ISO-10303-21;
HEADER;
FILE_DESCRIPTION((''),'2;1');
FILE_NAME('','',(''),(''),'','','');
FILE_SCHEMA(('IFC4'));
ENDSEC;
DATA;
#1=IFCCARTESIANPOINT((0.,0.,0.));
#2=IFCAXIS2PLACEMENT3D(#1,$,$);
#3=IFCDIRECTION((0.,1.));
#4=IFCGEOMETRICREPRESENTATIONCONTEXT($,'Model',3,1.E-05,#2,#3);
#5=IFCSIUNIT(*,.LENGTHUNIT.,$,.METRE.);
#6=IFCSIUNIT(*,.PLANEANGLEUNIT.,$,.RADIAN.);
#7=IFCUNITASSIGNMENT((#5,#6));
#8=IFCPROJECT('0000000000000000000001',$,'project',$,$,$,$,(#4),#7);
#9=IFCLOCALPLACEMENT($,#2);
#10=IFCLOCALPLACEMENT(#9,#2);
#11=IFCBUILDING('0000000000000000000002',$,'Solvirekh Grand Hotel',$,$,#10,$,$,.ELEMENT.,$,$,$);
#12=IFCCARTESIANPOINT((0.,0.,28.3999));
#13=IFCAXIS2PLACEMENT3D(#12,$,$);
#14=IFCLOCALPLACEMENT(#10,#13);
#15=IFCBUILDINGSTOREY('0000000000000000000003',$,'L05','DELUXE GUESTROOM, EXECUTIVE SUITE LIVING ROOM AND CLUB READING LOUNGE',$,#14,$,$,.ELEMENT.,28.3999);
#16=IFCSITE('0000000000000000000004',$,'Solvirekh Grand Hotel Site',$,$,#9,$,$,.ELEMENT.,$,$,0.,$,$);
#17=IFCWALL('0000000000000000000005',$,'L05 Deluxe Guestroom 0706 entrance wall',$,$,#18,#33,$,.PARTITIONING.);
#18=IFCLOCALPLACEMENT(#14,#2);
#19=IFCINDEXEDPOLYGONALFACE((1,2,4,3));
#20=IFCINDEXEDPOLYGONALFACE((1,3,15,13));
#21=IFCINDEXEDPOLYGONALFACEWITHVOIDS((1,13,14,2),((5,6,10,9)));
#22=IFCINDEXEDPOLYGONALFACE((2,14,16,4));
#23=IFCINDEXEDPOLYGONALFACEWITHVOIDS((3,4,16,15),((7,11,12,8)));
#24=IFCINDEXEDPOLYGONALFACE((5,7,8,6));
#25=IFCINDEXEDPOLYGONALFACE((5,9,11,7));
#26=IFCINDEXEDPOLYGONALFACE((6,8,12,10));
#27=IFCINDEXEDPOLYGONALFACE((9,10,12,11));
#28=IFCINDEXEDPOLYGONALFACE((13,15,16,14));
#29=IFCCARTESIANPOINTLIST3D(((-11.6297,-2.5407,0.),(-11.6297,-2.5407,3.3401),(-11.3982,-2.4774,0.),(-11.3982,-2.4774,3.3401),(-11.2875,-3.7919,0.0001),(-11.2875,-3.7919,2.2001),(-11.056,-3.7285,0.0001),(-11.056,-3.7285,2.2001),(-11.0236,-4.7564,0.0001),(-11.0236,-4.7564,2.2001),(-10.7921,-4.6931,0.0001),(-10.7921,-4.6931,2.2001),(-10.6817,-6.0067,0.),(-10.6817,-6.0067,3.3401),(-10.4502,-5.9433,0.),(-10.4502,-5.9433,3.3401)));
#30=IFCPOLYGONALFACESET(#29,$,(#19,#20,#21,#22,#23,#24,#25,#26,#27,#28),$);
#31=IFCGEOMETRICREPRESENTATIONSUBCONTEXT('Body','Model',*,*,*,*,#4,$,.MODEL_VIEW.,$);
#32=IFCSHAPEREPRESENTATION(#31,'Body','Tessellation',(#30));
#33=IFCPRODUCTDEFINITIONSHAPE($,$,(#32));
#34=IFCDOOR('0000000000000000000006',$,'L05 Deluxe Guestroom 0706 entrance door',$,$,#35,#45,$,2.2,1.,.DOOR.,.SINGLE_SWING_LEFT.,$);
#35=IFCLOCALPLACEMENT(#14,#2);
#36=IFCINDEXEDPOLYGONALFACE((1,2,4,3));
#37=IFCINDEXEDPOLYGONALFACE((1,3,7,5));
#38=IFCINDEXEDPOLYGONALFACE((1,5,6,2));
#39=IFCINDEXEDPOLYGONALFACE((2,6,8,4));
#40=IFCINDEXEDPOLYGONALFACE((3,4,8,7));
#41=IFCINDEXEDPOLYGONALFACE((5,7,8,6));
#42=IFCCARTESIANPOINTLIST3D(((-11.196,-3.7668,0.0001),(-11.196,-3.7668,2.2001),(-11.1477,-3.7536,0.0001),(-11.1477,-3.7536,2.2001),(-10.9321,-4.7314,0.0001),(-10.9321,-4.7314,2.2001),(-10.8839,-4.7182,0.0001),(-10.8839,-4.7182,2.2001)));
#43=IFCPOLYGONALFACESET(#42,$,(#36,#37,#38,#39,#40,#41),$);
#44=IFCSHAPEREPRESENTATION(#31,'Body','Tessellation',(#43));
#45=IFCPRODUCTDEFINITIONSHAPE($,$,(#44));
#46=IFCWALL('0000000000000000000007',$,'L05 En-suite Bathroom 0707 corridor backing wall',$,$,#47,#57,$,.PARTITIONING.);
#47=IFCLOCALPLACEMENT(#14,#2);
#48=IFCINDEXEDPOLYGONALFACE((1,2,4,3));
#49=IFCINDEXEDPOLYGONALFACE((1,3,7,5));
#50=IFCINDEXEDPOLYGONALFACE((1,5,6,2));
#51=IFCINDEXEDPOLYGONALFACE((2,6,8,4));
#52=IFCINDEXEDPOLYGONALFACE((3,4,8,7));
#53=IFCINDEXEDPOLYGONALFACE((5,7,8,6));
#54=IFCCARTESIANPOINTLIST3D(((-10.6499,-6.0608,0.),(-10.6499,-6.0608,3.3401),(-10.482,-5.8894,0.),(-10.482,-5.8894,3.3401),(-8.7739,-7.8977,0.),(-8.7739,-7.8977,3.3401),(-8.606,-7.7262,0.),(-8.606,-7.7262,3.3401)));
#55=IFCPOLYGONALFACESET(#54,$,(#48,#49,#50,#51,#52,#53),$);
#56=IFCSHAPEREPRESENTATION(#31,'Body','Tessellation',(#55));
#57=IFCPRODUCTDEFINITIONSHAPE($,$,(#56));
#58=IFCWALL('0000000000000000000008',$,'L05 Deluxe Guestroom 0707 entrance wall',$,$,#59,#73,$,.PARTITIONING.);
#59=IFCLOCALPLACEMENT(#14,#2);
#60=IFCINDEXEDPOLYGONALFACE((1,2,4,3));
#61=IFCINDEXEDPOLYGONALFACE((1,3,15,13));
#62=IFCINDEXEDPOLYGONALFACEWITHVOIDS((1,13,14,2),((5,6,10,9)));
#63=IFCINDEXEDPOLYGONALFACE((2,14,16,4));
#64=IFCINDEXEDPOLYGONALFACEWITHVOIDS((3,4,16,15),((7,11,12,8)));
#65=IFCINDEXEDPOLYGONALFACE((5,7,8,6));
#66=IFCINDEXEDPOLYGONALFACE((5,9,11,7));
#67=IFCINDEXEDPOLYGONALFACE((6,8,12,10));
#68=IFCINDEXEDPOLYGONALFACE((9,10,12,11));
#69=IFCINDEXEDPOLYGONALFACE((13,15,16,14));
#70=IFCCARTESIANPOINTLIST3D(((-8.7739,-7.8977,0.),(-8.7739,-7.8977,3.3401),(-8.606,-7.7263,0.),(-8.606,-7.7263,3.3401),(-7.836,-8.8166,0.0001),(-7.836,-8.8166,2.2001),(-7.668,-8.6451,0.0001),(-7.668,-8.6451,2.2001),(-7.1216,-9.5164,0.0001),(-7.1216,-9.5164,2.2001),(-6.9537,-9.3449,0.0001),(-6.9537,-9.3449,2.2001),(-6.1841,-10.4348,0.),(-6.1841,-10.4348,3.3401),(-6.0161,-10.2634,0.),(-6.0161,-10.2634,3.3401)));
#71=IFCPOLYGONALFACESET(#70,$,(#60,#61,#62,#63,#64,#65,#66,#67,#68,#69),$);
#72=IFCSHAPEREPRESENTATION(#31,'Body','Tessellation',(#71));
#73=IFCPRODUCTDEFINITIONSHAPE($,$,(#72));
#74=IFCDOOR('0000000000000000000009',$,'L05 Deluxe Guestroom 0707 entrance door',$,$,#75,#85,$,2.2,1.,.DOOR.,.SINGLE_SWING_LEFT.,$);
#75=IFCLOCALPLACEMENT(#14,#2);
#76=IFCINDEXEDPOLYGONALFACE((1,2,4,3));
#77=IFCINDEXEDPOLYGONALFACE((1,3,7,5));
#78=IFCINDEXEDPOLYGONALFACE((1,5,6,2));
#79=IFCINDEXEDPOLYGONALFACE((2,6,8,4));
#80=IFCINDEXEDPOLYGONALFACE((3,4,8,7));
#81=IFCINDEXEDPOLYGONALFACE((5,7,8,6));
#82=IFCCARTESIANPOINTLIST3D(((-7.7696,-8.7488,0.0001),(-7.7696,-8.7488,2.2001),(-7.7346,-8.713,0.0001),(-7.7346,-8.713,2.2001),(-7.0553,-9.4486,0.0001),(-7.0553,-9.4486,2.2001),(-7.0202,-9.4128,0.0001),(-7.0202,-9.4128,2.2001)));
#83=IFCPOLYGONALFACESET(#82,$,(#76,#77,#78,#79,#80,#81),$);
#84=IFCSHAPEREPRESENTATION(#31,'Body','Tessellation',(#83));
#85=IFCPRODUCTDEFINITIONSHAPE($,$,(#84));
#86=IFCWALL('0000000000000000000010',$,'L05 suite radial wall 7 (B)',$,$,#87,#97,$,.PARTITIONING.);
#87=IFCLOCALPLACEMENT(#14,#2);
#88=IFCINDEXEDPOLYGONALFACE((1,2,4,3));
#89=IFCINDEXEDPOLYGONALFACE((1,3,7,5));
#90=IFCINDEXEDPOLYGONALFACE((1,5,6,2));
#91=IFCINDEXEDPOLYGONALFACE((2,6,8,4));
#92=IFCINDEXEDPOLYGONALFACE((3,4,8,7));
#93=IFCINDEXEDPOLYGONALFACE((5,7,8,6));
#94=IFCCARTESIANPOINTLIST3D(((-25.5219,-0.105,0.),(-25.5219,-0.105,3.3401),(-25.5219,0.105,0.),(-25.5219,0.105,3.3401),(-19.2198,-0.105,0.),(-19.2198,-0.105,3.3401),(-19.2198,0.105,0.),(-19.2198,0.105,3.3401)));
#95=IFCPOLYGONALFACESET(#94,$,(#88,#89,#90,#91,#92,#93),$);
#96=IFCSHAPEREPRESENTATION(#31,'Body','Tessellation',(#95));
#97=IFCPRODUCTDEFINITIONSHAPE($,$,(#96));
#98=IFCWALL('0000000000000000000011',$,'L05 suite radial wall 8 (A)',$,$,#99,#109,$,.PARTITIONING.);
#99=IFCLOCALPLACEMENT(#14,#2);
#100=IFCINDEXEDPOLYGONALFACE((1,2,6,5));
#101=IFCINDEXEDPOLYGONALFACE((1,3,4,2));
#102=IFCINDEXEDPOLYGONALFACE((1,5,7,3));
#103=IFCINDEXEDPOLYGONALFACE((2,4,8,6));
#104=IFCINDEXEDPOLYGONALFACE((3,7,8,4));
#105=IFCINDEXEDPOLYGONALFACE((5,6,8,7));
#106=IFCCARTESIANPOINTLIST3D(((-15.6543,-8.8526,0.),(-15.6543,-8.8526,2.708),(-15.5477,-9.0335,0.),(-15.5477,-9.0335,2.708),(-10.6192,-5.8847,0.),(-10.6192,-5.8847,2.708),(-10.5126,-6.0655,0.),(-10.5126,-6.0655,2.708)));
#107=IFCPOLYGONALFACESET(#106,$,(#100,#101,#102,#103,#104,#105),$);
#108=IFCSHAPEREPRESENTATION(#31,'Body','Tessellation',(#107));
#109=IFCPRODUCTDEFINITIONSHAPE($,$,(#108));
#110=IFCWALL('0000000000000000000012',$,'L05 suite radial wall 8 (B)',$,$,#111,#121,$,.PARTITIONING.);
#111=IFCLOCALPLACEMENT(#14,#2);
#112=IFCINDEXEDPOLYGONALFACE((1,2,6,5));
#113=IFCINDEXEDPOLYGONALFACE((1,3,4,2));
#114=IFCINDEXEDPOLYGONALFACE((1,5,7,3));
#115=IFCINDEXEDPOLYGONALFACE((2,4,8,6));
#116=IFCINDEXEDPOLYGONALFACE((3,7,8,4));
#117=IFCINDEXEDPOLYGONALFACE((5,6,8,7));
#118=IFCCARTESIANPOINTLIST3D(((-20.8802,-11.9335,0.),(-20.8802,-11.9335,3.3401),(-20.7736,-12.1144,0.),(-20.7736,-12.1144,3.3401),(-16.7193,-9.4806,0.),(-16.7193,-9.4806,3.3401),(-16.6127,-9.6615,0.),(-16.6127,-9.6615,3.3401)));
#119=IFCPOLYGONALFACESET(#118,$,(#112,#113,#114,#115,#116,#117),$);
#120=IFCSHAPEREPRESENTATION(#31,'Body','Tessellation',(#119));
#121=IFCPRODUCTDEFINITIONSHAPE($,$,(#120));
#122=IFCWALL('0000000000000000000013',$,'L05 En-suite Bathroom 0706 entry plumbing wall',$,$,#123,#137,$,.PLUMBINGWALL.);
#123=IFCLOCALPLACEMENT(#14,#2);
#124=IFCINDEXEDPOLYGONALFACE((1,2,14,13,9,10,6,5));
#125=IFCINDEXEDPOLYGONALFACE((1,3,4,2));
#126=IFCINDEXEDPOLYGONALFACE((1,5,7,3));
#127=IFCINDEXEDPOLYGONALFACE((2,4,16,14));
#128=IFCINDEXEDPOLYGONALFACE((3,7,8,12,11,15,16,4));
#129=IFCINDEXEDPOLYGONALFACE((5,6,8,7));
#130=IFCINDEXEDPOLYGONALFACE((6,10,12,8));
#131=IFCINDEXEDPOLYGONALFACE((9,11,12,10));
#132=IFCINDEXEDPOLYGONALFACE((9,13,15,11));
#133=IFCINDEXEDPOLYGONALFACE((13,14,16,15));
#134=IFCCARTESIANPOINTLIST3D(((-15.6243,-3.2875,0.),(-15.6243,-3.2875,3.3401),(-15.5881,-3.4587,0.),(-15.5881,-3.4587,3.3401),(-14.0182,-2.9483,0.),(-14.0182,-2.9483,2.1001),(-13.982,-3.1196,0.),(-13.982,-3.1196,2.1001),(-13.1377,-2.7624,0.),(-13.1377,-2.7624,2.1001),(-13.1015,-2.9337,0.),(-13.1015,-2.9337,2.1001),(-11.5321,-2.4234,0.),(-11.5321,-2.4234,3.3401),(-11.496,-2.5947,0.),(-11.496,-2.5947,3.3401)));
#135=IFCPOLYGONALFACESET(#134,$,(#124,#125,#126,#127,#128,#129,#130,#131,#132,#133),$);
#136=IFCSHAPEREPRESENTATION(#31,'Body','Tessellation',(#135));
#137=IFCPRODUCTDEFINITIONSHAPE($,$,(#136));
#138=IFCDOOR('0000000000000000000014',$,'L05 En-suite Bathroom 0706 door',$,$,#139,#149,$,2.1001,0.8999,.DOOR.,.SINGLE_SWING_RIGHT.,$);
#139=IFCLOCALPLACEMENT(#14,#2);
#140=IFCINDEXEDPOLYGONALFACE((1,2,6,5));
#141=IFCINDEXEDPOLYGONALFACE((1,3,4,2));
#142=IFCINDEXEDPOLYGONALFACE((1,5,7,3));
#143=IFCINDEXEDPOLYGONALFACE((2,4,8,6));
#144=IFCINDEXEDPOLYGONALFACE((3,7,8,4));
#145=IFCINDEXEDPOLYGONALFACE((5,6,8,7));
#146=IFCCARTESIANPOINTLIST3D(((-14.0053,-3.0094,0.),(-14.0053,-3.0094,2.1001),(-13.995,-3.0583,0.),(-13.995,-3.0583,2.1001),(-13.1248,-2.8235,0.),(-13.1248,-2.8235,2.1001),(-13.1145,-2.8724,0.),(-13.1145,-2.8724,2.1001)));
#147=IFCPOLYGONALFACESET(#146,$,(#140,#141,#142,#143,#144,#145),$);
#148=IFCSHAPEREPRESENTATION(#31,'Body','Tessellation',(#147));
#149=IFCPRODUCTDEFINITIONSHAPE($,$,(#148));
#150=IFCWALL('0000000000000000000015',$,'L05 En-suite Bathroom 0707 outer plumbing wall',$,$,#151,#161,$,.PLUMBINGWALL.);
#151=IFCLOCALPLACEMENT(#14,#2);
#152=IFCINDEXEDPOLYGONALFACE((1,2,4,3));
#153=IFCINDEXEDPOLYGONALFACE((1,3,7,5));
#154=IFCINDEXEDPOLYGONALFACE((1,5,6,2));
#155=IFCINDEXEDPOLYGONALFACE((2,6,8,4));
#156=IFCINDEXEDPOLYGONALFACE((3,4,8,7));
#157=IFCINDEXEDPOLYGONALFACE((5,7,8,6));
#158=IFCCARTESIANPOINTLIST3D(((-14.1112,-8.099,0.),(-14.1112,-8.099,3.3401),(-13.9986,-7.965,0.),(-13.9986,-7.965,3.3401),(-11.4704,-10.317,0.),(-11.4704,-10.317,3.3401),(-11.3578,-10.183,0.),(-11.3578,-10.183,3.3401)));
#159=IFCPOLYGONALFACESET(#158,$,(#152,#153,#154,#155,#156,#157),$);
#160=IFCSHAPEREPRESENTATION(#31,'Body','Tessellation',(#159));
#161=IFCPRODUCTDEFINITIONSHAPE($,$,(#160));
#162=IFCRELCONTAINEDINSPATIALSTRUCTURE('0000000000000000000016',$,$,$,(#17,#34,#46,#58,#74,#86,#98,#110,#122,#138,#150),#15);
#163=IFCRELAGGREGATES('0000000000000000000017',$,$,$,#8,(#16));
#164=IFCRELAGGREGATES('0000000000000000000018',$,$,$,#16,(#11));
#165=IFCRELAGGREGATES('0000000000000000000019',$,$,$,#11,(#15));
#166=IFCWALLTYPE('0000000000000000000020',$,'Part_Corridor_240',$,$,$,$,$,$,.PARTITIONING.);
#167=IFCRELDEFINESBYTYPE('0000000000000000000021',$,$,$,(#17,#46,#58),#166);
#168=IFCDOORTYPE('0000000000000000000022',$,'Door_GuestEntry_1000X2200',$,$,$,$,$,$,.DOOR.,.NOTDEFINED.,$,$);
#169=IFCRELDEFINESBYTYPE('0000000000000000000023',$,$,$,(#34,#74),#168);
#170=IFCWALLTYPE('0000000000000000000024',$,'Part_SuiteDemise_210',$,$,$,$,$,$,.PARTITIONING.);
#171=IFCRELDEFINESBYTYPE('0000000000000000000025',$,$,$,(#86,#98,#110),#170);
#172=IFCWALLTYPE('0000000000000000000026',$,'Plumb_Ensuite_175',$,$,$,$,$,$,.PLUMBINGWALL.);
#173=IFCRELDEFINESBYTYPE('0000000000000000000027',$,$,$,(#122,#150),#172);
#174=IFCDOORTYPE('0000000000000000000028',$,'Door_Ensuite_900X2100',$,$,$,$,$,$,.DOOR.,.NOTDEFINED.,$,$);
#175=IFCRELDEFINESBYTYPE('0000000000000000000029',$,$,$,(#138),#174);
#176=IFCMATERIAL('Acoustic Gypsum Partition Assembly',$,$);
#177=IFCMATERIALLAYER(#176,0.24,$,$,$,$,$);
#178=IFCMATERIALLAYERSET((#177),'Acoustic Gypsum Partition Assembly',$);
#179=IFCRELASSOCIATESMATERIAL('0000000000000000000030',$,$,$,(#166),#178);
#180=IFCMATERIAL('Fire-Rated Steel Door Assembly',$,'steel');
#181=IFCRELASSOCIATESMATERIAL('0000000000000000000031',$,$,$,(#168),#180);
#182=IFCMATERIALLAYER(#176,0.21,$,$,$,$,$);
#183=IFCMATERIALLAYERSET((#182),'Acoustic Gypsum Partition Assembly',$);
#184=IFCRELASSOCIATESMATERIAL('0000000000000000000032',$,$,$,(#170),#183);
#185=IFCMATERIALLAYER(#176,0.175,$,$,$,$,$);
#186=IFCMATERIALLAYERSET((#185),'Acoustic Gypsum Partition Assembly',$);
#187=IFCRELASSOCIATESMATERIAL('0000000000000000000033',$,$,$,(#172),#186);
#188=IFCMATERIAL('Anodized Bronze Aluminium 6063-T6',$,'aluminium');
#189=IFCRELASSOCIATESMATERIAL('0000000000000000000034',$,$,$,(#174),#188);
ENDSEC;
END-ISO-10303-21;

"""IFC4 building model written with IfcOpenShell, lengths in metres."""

from ifc_helpers import new_model, si_unit, direction, frame, frame_2d, origin, place, context, subcontext, project, spatial, rectangle, extrude, material, layer, layer_set, type_object, element, fill, save


model = new_model("IFC4")

# Units and contexts
model_context = context("Model", 3, precision=1e-05, world=origin(), true_north=direction((0.0, 1.0)))
body_context = subcontext(model_context, "Body", "Model", "MODEL_VIEW")
ifc_project = project(units=[si_unit("LENGTHUNIT", "METRE"), si_unit("PLANEANGLEUNIT", "RADIAN")], contexts=[model_context])

# Site, building, storey
site_placement = place(None, origin())
site = spatial("IfcSite", under=ifc_project, at=site_placement, Name="Solvirekh Grand Hotel Site", CompositionType="ELEMENT", RefElevation=0.0)
building_placement = place(site_placement, origin())
building = spatial("IfcBuilding", under=site, at=building_placement, Name="Solvirekh Grand Hotel", CompositionType="ELEMENT")
storey_placement = place(building_placement, frame((0.0, 0.0, 28.3999)))
storey = spatial("IfcBuildingStorey", under=building, at=storey_placement, Name="L05", Description="DELUXE GUESTROOM, EXECUTIVE SUITE LIVING ROOM AND CLUB READING LOUNGE", CompositionType="ELEMENT", Elevation=28.3999)

# Shared definitions
ifc_material_1 = material(Name="Anodized Bronze Aluminium 6063-T6", Category="aluminium")

# Wall, opening, door
ifc_material_2 = material(Name="Acoustic Gypsum Partition Assembly")
ifc_layer_1 = layer(ifc_material_2, 0.24)
ifc_layer_set_1 = layer_set([ifc_layer_1], Name="Acoustic Gypsum Partition Assembly")
wall_type_1 = type_object("IfcWallType", Name="Part_Corridor_240", PredefinedType="PARTITIONING", material=ifc_layer_set_1)
wall_1_placement = place(storey_placement, frame((-11.5139, -2.509, 0.0), z_axis=(0.0, 0.0, 1.0), x_axis=(0.263819, -0.964572, 0.0)))
wall_1 = element("IfcWall", 1, at=wall_1_placement, inside=storey, type_object=wall_type_1, Name="L05 Deluxe Guestroom 0706 entrance wall", PredefinedType="PARTITIONING", context=body_context, shape_type="SweptSolid", body=[
    extrude(rectangle(XDim=3.5933, YDim=0.24, at=frame_2d((1.7966, 0.0))), origin(), (0.0, 0.0, 1.0), 3.3401),
])
opening_1_placement = place(wall_1_placement, frame((1.2971, 0.0, 0.0)))
opening_1 = element("IfcOpeningElement", 2, at=opening_1_placement, cuts=wall_1, PredefinedType="OPENING", context=body_context, shape_type="SweptSolid", body=[
    extrude(rectangle(XDim=1.0, YDim=2.2, at=frame_2d((0.5, 1.1001))), frame((0.0, 0.1299, 0.0), z_axis=(0.0, -1.0, 0.0), x_axis=(1.0, 0.0, 0.0)), (0.0, 0.0, 1.0), 0.26),
])
ifc_material_3 = material(Name="Fire-Rated Steel Door Assembly", Category="steel")
door_type_1 = type_object("IfcDoorType", Name="Door_GuestEntry_1000X2200", OperationType="NOTDEFINED", PredefinedType="DOOR", material=ifc_material_3)
door_1_placement = place(opening_1_placement, origin())
door_1 = element("IfcDoor", 3, at=door_1_placement, inside=storey, type_object=door_type_1, Name="L05 Deluxe Guestroom 0706 entrance door", OperationType="SINGLE_SWING_LEFT", OverallHeight=2.2, OverallWidth=1.0, PredefinedType="DOOR", context=body_context, shape_type="SweptSolid", body=[
    extrude(rectangle(XDim=1.0, YDim=2.2, at=frame_2d((0.5, 1.1001))), frame((0.0, 0.0249, 0.0), z_axis=(0.0, -1.0, 0.0), x_axis=(1.0, 0.0, 0.0)), (0.0, 0.0, 1.0), 0.05),
])
fill(opening_1, door_1)

# Wall
wall_2_placement = place(storey_placement, frame((-10.5659, -5.9751, 0.0), z_axis=(0.0, 0.0, 1.0), x_axis=(0.714507, -0.699629, 0.0)))
element("IfcWall", 4, at=wall_2_placement, inside=storey, type_object=wall_type_1, Name="L05 En-suite Bathroom 0707 corridor backing wall", PredefinedType="PARTITIONING", context=body_context, shape_type="SweptSolid", body=[
    extrude(rectangle(XDim=2.6255, YDim=0.24, at=frame_2d((1.3127, 0.0))), origin(), (0.0, 0.0, 1.0), 3.3401),
])

# Wall, opening, door
wall_3_placement = place(storey_placement, frame((-8.6899, -7.812, 0.0), z_axis=(0.0, 0.0, 1.0), x_axis=(0.714342, -0.699797, 0.0)))
wall_3 = element("IfcWall", 5, at=wall_3_placement, inside=storey, type_object=wall_type_1, Name="L05 Deluxe Guestroom 0707 entrance wall", PredefinedType="PARTITIONING", context=body_context, shape_type="SweptSolid", body=[
    extrude(rectangle(XDim=3.6255, YDim=0.24, at=frame_2d((1.8127, 0.0))), origin(), (0.0, 0.0, 1.0), 3.3401),
])
opening_2_placement = place(wall_3_placement, frame((1.313, 0.0, 0.0)))
opening_2 = element("IfcOpeningElement", 6, at=opening_2_placement, cuts=wall_3, PredefinedType="OPENING", context=body_context, shape_type="SweptSolid", body=[
    extrude(rectangle(XDim=1.0, YDim=2.2, at=frame_2d((0.5, 1.1001))), frame((0.0, 0.1299, 0.0), z_axis=(0.0, -1.0, 0.0), x_axis=(1.0, 0.0, 0.0)), (0.0, 0.0, 1.0), 0.26),
])
door_2_placement = place(opening_2_placement, origin())
door_2 = element("IfcDoor", 7, at=door_2_placement, inside=storey, type_object=door_type_1, Name="L05 Deluxe Guestroom 0707 entrance door", OperationType="SINGLE_SWING_LEFT", OverallHeight=2.2, OverallWidth=1.0, PredefinedType="DOOR", context=body_context, shape_type="SweptSolid", body=[
    extrude(rectangle(XDim=1.0, YDim=2.2, at=frame_2d((0.5, 1.1001))), frame((0.0, 0.0249, 0.0), z_axis=(0.0, -1.0, 0.0), x_axis=(1.0, 0.0, 0.0)), (0.0, 0.0, 1.0), 0.05),
])
fill(opening_2, door_2)

# Walls
ifc_layer_2 = layer(ifc_material_2, 0.21)
ifc_layer_set_2 = layer_set([ifc_layer_2], Name="Acoustic Gypsum Partition Assembly")
wall_type_2 = type_object("IfcWallType", Name="Part_SuiteDemise_210", PredefinedType="PARTITIONING", material=ifc_layer_set_2)
wall_4_placement = place(storey_placement, frame((-19.22, 0.0, 0.0), z_axis=(0.0, 0.0, 1.0), x_axis=(-1.0, 0.0, 0.0)))
element("IfcWall", 8, at=wall_4_placement, inside=storey, type_object=wall_type_2, Name="L05 suite radial wall 7 (B)", PredefinedType="PARTITIONING", context=body_context, shape_type="SweptSolid", body=[
    extrude(rectangle(XDim=6.302, YDim=0.21, at=frame_2d((3.1509, 0.0))), origin(), (0.0, 0.0, 1.0), 3.3401),
])
wall_5_placement = place(storey_placement, frame((-10.5659, -5.9751, 0.0), z_axis=(0.0, 0.0, 1.0), x_axis=(-0.861473, -0.507803, 0.0)))
element("IfcWall", 9, at=wall_5_placement, inside=storey, type_object=wall_type_2, Name="L05 suite radial wall 8 (A)", PredefinedType="PARTITIONING", context=body_context, shape_type="SweptSolid", body=[
    extrude(rectangle(XDim=5.8447, YDim=0.21, at=frame_2d((2.9224, 0.0))), origin(), (0.0, 0.0, 1.0), 2.708),
])
wall_6_placement = place(storey_placement, frame((-16.666, -9.571, 0.0), z_axis=(0.0, 0.0, 1.0), x_axis=(-0.861454, -0.507835, 0.0)))
element("IfcWall", 10, at=wall_6_placement, inside=storey, type_object=wall_type_2, Name="L05 suite radial wall 8 (B)", PredefinedType="PARTITIONING", context=body_context, shape_type="SweptSolid", body=[
    extrude(rectangle(XDim=4.8301, YDim=0.21, at=frame_2d((2.415, 0.0))), origin(), (0.0, 0.0, 1.0), 3.3401),
])

# Wall, opening, door
ifc_layer_3 = layer(ifc_material_2, 0.175)
ifc_layer_set_3 = layer_set([ifc_layer_3], Name="Acoustic Gypsum Partition Assembly")
wall_type_3 = type_object("IfcWallType", Name="Plumb_Ensuite_175", PredefinedType="PLUMBINGWALL", material=ifc_layer_set_3)
wall_7_placement = place(storey_placement, frame((-11.5139, -2.509, 0.0), z_axis=(0.0, 0.0, 1.0), x_axis=(-0.978428, -0.20659, 0.0)))
wall_7 = element("IfcWall", 11, at=wall_7_placement, inside=storey, type_object=wall_type_3, Name="L05 En-suite Bathroom 0706 entry plumbing wall", PredefinedType="PLUMBINGWALL", context=body_context, shape_type="SweptSolid", body=[
    extrude(rectangle(XDim=4.1824, YDim=0.175, at=frame_2d((2.0913, 0.0))), origin(), (0.0, 0.0, 1.0), 3.3401),
])
opening_3_placement = place(wall_7_placement, frame((1.6411, 0.0, 0.0)))
opening_3 = element("IfcOpeningElement", 12, at=opening_3_placement, cuts=wall_7, PredefinedType="OPENING", context=body_context, shape_type="SweptSolid", body=[
    extrude(rectangle(XDim=0.8999, YDim=2.1001, at=frame_2d((0.45, 1.05))), frame((0.0, 0.0977, 0.0), z_axis=(0.0, -1.0, 0.0), x_axis=(1.0, 0.0, 0.0)), (0.0, 0.0, 1.0), 0.1951),
])
door_type_2 = type_object("IfcDoorType", Name="Door_Ensuite_900X2100", OperationType="NOTDEFINED", PredefinedType="DOOR", material=ifc_material_1)
door_3_placement = place(opening_3_placement, origin())
door_3 = element("IfcDoor", 13, at=door_3_placement, inside=storey, type_object=door_type_2, Name="L05 En-suite Bathroom 0706 door", OperationType="SINGLE_SWING_RIGHT", OverallHeight=2.1001, OverallWidth=0.8999, PredefinedType="DOOR", context=body_context, shape_type="SweptSolid", body=[
    extrude(rectangle(XDim=0.8999, YDim=2.1001, at=frame_2d((0.45, 1.05))), frame((0.0, 0.0249, 0.0), z_axis=(0.0, -1.0, 0.0), x_axis=(1.0, 0.0, 0.0)), (0.0, 0.0, 1.0), 0.05),
])
fill(opening_3, door_3)

# Wall
wall_8_placement = place(storey_placement, frame((-14.0549, -8.032, 0.0), z_axis=(0.0, 0.0, 1.0), x_axis=(0.765749, -0.643139, 0.0)))
element("IfcWall", 14, at=wall_8_placement, inside=storey, type_object=wall_type_3, Name="L05 En-suite Bathroom 0707 outer plumbing wall", PredefinedType="PLUMBINGWALL", context=body_context, shape_type="SweptSolid", body=[
    extrude(rectangle(XDim=3.4487, YDim=0.175, at=frame_2d((1.7244, 0.0))), origin(), (0.0, 0.0, 1.0), 3.3401),
])

save(model, "model.ifc")
